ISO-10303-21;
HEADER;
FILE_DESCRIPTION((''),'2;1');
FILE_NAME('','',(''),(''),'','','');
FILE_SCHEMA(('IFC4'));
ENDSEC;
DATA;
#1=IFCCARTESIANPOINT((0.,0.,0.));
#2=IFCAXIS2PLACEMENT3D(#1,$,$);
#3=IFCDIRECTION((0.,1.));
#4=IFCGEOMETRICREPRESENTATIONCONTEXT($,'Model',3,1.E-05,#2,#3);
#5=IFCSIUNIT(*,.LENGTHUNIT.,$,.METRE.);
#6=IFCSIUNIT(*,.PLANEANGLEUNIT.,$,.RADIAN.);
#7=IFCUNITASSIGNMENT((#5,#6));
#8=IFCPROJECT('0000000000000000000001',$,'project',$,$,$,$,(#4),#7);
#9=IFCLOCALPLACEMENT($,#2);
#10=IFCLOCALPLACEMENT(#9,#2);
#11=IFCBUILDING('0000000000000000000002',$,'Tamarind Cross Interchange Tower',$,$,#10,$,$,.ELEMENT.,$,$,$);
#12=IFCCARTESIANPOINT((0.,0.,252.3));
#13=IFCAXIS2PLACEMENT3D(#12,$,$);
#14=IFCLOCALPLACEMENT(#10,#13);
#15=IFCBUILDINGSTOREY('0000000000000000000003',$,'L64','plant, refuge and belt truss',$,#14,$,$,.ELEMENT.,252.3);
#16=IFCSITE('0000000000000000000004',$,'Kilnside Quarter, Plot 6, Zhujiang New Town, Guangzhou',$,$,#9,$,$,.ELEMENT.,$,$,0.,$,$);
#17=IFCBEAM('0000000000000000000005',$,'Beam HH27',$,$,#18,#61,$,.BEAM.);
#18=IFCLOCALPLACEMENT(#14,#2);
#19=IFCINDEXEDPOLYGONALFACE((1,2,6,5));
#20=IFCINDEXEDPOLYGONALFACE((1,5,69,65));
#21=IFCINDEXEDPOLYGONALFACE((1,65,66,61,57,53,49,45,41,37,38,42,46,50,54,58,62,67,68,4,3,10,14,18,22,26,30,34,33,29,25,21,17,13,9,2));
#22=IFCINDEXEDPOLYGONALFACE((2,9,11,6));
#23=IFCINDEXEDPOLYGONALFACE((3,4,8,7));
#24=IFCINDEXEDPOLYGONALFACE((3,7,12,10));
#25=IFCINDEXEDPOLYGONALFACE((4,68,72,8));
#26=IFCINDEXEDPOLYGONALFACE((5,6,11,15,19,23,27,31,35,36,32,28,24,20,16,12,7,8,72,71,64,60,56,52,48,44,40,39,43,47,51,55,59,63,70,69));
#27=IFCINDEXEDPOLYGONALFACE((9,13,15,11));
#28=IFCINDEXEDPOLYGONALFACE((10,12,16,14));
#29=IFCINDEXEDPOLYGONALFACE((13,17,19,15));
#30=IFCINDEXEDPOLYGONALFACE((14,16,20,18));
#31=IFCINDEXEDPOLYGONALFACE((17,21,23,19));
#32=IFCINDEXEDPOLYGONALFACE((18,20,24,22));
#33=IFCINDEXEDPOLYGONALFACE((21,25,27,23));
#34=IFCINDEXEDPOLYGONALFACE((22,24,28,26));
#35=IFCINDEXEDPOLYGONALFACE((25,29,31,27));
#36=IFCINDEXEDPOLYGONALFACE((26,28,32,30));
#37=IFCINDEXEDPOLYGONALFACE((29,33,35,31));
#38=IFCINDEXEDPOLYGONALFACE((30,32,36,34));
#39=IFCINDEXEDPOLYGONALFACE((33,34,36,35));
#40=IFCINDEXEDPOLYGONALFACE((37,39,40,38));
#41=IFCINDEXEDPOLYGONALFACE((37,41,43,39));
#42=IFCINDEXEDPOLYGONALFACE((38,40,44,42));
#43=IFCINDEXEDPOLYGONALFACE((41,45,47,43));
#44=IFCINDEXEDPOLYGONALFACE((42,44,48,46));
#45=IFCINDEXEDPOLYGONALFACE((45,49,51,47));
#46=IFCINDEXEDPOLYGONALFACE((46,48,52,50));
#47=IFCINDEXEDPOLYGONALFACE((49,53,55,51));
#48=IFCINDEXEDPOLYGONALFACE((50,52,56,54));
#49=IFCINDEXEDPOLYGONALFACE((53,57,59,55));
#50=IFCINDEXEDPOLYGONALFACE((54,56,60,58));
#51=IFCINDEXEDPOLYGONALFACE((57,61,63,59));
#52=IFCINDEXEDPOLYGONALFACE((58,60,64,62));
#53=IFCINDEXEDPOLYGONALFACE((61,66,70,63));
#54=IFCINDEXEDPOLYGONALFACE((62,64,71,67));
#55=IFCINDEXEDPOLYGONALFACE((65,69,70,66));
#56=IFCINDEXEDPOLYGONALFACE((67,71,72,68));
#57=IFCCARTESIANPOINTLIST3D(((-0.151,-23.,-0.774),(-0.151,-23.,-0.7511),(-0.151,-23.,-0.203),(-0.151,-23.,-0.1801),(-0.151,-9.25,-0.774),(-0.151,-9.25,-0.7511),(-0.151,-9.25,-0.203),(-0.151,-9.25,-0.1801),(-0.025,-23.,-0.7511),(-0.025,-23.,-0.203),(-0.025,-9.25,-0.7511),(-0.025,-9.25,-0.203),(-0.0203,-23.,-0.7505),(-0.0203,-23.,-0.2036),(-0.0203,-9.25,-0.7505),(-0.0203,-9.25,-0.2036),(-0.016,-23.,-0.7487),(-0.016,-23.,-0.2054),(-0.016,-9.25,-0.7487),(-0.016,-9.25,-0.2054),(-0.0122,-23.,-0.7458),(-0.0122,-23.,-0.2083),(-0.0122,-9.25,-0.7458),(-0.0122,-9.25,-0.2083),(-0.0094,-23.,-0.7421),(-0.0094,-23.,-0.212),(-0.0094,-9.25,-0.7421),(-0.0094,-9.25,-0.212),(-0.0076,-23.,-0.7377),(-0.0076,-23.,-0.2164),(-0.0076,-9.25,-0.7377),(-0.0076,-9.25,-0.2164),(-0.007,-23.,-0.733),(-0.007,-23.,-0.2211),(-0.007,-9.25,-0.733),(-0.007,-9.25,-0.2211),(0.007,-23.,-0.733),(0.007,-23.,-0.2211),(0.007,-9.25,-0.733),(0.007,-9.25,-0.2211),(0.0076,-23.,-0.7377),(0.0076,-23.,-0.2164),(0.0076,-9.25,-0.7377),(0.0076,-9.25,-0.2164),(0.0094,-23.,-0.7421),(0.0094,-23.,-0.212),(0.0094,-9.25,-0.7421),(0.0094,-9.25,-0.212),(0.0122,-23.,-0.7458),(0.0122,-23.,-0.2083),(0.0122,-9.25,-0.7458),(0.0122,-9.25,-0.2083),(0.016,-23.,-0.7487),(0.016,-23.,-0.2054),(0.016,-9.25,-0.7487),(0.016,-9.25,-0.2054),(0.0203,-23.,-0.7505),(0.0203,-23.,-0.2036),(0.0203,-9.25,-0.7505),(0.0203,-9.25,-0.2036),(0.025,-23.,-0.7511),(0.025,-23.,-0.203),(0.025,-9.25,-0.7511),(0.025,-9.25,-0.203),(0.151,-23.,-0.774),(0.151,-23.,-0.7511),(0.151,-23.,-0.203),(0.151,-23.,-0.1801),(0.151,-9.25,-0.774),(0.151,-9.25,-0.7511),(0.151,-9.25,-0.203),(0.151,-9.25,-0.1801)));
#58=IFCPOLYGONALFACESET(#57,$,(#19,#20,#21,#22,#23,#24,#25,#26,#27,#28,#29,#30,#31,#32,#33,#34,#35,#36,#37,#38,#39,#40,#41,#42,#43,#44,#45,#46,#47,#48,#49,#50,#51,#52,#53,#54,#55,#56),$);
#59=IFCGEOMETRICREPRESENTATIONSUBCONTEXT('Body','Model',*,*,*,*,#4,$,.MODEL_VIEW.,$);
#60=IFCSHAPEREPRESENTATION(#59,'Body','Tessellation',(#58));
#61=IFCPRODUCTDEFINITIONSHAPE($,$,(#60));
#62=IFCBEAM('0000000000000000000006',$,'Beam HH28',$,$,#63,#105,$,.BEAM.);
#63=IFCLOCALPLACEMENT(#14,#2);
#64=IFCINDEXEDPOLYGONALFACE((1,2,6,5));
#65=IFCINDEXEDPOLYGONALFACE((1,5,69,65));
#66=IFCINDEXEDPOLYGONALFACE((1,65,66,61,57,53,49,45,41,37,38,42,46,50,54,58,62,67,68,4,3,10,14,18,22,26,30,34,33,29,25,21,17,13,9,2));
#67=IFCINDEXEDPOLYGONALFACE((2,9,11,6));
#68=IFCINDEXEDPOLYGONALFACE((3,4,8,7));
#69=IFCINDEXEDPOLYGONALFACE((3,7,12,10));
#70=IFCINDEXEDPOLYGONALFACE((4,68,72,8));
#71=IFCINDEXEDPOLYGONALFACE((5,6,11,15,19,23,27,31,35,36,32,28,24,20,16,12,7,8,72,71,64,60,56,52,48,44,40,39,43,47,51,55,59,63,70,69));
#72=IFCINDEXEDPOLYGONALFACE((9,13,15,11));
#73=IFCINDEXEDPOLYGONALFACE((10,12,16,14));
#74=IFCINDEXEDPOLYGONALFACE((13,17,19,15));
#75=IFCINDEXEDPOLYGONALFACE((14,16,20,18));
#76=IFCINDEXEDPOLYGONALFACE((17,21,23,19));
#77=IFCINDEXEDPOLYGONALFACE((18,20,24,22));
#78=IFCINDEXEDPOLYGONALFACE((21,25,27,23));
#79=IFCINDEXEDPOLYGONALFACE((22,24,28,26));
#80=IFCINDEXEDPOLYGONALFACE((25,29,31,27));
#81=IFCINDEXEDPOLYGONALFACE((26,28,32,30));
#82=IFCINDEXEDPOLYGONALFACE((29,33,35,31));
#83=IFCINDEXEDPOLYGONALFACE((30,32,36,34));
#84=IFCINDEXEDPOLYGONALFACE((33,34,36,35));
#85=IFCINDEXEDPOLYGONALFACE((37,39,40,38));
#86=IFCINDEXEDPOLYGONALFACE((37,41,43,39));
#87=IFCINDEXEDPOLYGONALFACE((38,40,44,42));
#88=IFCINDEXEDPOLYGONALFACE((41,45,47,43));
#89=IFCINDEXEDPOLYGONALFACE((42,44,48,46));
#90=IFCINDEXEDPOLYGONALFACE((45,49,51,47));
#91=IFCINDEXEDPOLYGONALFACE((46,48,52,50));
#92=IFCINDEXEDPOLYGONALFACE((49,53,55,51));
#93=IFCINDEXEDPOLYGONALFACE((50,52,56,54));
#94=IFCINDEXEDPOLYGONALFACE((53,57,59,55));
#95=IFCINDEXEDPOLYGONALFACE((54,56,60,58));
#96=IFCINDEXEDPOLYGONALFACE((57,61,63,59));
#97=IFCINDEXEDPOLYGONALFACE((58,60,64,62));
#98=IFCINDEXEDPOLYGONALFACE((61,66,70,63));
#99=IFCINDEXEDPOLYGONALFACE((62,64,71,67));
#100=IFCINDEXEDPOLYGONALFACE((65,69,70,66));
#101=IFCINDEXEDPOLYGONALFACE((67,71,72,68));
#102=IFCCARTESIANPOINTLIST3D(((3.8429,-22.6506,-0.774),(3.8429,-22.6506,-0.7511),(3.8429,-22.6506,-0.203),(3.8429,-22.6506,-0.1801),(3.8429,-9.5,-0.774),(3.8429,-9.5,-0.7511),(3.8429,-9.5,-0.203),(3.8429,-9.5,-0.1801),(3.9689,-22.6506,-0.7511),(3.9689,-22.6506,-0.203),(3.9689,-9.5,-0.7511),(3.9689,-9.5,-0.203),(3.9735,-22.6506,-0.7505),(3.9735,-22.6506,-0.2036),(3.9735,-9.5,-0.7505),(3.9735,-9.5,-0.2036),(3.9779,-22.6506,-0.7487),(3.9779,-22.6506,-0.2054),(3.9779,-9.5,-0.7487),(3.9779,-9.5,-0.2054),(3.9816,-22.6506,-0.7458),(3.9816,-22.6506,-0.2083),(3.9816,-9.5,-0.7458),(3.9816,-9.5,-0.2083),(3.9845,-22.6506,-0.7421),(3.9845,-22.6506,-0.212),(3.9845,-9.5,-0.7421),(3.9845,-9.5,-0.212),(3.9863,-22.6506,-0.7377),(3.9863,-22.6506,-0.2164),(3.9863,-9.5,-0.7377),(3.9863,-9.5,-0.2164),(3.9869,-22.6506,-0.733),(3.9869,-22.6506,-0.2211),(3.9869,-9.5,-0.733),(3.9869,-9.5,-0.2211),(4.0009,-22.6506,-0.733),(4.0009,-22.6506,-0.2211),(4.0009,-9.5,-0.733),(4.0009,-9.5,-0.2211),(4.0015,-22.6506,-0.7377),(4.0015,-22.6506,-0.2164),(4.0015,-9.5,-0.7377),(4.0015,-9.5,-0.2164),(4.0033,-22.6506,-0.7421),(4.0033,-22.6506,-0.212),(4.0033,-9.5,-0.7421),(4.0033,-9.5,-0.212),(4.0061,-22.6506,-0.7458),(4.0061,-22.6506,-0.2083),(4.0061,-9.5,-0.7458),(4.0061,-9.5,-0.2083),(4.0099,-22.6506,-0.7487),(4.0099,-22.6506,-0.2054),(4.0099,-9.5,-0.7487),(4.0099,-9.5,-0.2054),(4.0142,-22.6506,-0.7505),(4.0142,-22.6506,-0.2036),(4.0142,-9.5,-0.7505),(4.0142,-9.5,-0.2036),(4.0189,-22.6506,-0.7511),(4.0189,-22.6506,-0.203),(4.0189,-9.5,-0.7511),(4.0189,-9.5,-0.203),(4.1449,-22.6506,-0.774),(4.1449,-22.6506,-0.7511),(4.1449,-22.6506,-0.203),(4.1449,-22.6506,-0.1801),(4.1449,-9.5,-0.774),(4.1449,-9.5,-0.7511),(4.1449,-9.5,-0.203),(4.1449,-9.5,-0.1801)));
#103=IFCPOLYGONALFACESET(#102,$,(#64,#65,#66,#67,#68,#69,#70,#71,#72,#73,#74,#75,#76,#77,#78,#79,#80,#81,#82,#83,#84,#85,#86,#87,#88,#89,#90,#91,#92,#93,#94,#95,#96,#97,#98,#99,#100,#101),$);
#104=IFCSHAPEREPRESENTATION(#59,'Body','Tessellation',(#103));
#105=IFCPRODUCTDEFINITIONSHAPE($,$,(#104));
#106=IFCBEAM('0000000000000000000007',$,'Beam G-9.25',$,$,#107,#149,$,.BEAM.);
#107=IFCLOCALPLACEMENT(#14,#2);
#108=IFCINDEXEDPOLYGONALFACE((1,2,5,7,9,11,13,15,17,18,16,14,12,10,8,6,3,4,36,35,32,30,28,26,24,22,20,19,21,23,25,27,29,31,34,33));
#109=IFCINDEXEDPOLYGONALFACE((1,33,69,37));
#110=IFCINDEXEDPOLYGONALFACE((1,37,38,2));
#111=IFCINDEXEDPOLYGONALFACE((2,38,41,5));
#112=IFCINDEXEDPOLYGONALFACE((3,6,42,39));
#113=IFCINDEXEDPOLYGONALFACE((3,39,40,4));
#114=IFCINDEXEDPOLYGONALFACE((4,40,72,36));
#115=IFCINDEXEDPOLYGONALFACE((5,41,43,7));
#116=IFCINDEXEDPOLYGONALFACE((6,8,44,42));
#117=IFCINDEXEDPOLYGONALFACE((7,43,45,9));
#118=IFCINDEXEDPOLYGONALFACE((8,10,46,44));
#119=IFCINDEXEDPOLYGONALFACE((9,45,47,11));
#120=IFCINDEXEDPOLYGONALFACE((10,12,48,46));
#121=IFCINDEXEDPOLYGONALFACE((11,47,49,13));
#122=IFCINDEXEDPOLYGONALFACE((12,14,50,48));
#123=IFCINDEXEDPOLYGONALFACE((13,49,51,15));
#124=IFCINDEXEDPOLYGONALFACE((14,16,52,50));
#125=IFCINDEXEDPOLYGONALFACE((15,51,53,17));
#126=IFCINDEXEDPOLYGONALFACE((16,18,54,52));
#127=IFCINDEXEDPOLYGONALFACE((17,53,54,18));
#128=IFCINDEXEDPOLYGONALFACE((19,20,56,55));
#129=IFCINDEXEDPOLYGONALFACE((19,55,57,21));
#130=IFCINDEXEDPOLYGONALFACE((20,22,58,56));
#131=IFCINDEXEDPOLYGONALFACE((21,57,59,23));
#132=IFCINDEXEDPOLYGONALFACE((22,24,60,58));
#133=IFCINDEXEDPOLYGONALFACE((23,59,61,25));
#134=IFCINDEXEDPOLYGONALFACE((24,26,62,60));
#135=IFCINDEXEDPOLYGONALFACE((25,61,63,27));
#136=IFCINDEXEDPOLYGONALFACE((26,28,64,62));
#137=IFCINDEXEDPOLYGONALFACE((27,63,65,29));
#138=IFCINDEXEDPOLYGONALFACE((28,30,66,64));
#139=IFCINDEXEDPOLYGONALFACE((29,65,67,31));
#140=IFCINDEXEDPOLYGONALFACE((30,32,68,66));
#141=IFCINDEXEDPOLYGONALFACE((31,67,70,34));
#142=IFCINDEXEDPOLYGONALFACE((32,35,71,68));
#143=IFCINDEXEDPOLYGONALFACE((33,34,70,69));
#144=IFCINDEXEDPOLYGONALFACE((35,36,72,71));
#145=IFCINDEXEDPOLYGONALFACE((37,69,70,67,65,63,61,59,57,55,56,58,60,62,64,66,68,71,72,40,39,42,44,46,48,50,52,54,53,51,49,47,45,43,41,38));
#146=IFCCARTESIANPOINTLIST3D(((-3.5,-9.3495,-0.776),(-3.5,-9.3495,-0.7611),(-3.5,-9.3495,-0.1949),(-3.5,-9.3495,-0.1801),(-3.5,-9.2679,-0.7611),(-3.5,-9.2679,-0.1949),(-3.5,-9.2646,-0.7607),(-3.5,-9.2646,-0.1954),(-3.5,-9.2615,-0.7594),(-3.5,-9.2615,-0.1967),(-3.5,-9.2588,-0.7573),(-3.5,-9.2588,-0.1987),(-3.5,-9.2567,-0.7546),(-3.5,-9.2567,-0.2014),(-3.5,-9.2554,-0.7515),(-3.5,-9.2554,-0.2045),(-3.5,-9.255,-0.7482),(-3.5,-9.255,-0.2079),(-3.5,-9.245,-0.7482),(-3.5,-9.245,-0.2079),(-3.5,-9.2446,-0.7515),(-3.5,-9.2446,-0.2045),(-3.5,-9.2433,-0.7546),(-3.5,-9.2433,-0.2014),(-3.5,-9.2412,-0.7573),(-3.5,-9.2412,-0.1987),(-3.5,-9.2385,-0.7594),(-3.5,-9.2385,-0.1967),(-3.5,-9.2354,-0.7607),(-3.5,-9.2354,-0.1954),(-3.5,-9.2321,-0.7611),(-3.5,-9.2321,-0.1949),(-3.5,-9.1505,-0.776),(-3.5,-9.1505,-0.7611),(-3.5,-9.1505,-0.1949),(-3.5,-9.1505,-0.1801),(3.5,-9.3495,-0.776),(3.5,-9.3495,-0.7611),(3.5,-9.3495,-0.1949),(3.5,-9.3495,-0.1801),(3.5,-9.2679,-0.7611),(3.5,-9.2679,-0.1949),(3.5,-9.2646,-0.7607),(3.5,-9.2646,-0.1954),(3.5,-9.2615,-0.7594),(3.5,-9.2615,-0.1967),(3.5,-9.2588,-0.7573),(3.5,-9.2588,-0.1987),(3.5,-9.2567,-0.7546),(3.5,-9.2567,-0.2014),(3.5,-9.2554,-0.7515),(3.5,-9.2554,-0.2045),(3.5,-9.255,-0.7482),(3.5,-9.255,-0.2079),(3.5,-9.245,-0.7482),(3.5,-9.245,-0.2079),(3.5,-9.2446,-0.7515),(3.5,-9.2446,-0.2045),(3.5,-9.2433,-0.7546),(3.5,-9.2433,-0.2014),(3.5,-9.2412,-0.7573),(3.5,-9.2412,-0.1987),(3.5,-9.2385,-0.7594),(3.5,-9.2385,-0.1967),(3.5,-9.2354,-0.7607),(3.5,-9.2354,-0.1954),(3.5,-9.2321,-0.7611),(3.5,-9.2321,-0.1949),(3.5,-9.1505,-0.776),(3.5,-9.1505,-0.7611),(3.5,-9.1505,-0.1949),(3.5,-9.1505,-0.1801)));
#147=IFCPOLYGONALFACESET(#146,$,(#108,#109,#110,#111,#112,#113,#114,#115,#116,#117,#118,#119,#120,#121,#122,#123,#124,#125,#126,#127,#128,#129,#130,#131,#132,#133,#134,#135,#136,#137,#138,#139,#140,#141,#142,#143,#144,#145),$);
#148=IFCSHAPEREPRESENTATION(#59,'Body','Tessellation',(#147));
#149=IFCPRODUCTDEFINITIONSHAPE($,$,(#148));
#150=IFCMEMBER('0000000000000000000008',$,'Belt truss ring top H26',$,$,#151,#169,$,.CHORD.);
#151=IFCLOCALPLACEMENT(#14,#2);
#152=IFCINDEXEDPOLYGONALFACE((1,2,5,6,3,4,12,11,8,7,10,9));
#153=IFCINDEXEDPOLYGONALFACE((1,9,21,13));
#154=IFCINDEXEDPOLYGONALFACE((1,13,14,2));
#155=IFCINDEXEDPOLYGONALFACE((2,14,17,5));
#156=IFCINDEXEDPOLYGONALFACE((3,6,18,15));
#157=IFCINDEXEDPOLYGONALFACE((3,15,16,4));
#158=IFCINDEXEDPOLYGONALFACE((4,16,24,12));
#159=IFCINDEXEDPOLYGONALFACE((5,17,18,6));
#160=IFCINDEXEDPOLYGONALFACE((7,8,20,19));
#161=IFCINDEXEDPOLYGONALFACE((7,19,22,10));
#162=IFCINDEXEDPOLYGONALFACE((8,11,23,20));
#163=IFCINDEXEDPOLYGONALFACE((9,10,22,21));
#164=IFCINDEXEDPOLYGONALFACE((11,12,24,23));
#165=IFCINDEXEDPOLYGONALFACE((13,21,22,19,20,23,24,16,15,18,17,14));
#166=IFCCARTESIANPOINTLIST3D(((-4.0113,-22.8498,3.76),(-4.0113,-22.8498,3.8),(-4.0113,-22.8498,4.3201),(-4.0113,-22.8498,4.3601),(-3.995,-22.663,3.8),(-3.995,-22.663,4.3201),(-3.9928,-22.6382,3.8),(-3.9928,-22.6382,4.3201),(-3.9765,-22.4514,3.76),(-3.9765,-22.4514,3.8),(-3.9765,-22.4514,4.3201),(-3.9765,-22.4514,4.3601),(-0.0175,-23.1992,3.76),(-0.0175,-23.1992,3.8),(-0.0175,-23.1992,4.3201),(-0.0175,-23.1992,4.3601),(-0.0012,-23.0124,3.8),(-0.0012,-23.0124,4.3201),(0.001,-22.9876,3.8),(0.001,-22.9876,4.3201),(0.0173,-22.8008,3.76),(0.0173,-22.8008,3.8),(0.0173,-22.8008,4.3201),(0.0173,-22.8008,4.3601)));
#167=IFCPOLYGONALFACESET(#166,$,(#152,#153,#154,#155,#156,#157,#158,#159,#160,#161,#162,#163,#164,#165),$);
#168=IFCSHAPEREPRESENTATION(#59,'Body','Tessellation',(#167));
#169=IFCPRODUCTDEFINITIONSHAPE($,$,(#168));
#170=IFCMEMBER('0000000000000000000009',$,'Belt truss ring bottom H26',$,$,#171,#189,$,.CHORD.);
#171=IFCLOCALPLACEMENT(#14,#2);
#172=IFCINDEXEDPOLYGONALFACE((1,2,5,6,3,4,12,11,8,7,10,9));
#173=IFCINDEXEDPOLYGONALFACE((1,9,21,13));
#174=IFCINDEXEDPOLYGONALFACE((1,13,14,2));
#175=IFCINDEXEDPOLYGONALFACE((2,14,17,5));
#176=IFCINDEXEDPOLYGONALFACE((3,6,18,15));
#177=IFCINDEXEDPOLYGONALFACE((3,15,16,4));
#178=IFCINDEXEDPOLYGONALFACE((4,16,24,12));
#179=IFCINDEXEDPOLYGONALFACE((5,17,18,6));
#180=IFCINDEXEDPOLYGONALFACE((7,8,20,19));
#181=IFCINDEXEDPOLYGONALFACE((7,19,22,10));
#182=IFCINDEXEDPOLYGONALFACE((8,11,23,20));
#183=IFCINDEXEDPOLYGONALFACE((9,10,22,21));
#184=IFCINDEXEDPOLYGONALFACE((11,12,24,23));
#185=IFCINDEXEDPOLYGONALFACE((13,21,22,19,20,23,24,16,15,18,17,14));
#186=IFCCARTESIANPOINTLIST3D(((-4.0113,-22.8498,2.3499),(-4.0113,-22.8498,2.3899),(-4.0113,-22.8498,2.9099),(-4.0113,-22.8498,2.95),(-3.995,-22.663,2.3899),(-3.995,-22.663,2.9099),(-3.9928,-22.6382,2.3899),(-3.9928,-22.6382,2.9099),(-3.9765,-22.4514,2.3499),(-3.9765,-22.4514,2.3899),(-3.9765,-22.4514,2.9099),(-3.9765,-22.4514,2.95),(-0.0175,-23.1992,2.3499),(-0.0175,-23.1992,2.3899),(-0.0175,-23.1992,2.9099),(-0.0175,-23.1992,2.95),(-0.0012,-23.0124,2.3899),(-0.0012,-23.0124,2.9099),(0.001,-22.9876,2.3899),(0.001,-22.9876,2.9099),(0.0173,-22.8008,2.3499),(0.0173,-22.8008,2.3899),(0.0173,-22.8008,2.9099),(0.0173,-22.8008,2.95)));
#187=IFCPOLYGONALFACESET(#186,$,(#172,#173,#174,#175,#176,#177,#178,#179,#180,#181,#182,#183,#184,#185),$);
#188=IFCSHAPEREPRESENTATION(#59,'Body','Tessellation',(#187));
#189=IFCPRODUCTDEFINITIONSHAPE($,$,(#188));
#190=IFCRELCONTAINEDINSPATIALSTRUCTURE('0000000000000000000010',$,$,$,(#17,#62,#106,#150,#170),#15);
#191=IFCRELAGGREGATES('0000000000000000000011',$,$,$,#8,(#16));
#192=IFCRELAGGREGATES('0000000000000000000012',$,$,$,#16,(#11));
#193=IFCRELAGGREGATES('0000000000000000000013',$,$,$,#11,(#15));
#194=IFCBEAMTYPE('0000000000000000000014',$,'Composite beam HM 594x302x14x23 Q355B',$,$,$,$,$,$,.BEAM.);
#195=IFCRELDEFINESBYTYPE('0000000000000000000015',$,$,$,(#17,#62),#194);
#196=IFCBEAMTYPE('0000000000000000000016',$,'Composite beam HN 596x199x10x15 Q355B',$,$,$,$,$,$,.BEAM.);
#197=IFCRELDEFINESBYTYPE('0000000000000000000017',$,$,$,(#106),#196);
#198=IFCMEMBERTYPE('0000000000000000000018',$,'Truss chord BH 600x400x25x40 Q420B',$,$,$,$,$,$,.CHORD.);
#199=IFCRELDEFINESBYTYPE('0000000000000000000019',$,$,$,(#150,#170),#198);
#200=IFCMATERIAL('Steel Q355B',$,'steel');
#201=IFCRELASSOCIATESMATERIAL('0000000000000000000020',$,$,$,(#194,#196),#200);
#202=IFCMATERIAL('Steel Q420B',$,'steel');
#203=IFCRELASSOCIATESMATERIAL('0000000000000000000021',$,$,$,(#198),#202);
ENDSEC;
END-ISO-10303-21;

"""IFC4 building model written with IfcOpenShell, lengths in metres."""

from ifc_helpers import new_model, si_unit, direction, frame, origin, origin_2d, place, context, subcontext, project, spatial, i_section, extrude, material, material_profile, profile_set, type_object, element, save


model = new_model("IFC4")

# Units and contexts
model_context = context("Model", 3, precision=1e-05, world=origin(), true_north=direction((0.0, 1.0)))
body_context = subcontext(model_context, "Body", "Model", "MODEL_VIEW")
ifc_project = project(units=[si_unit("LENGTHUNIT", "METRE"), si_unit("PLANEANGLEUNIT", "RADIAN")], contexts=[model_context])

# Site, building, storey
site_placement = place(None, origin())
site = spatial("IfcSite", under=ifc_project, at=site_placement, Name="Kilnside Quarter, Plot 6, Zhujiang New Town, Guangzhou", CompositionType="ELEMENT", RefElevation=0.0)
building_placement = place(site_placement, origin())
building = spatial("IfcBuilding", under=site, at=building_placement, Name="Tamarind Cross Interchange Tower", CompositionType="ELEMENT")
storey_placement = place(building_placement, frame((0.0, 0.0, 252.3)))
storey = spatial("IfcBuildingStorey", under=building, at=storey_placement, Name="L64", Description="plant, refuge and belt truss", CompositionType="ELEMENT", Elevation=252.3)

# Beams
ifc_material_1 = material(Name="Steel Q355B", Category="steel")
ifc_material_profile_1 = material_profile(ifc_material_1, i_section(OverallWidth=0.302, OverallDepth=0.594, WebThickness=0.0139, FlangeThickness=0.0229, FilletRadius=0.0181, at=origin_2d()), Name="HM 594x302x14x23")
ifc_profile_set_1 = profile_set([ifc_material_profile_1], Name="Steel Q355B")
beam_type_1 = type_object("IfcBeamType", Name="Composite beam HM 594x302x14x23 Q355B", PredefinedType="BEAM", material=ifc_profile_set_1)
beam_1_placement = place(storey_placement, frame((0.0, -23.0, -0.4771), z_axis=(0.0, 1.0, 0.0), x_axis=(-1.0, 0.0, 0.0)))
element("IfcBeam", 1, at=beam_1_placement, inside=storey, type_object=beam_type_1, Name="Beam HH27", PredefinedType="BEAM", context=body_context, shape_type="SweptSolid", body=[
    extrude(i_section(OverallWidth=0.302, OverallDepth=0.594, WebThickness=0.0139, FlangeThickness=0.0229, FilletRadius=0.0181, at=origin_2d()), origin(), (0.0, 0.0, 1.0), 13.75),
])
beam_2_placement = place(storey_placement, frame((3.9939, -22.6506, -0.4771), z_axis=(0.0, 1.0, 0.0), x_axis=(-1.0, 0.0, 0.0)))
element("IfcBeam", 2, at=beam_2_placement, inside=storey, type_object=beam_type_1, Name="Beam HH28", PredefinedType="BEAM", context=body_context, shape_type="SweptSolid", body=[
    extrude(i_section(OverallWidth=0.302, OverallDepth=0.594, WebThickness=0.0139, FlangeThickness=0.0229, FilletRadius=0.0181, at=origin_2d()), origin(), (0.0, 0.0, 1.0), 13.1506),
])
ifc_material_profile_2 = material_profile(ifc_material_1, i_section(OverallWidth=0.199, OverallDepth=0.5959, WebThickness=0.01, FlangeThickness=0.0149, FilletRadius=0.0129, at=origin_2d()), Name="HN 596x199x10x15")
ifc_profile_set_2 = profile_set([ifc_material_profile_2], Name="Steel Q355B")
beam_type_2 = type_object("IfcBeamType", Name="Composite beam HN 596x199x10x15 Q355B", PredefinedType="BEAM", material=ifc_profile_set_2)
beam_3_placement = place(storey_placement, frame((-3.5, -9.25, -0.478), z_axis=(1.0, 0.0, 0.0), x_axis=(0.0, 1.0, 0.0)))
element("IfcBeam", 3, at=beam_3_placement, inside=storey, type_object=beam_type_2, Name="Beam G-9.25", PredefinedType="BEAM", context=body_context, shape_type="SweptSolid", body=[
    extrude(i_section(OverallWidth=0.199, OverallDepth=0.5959, WebThickness=0.01, FlangeThickness=0.0149, FilletRadius=0.0129, at=origin_2d()), origin(), (0.0, 0.0, 1.0), 7.0),
])

# Members
ifc_material_2 = material(Name="Steel Q420B", Category="steel")
ifc_material_profile_3 = material_profile(ifc_material_2, i_section(OverallWidth=0.3999, OverallDepth=0.6001, WebThickness=0.0249, FlangeThickness=0.04, at=origin_2d()), Name="BH 600x400x25x40")
ifc_profile_set_3 = profile_set([ifc_material_profile_3], Name="Steel Q420B")
member_type_1 = type_object("IfcMemberType", Name="Truss chord BH 600x400x25x40 Q420B", PredefinedType="CHORD", material=ifc_profile_set_3)
for number, where, z_axis, x_axis, name in (
    (4, (-3.9939, -22.6506, 4.0601), (0.996196, -0.087142, 0.0), (0.087142, 0.996196, 0.0), "Belt truss ring top H26"),
    (5, (-3.9939, -22.6506, 2.6499), (0.996196, -0.087142, 0.0), (0.087142, 0.996196, 0.0), "Belt truss ring bottom H26"),
):
    element("IfcMember", number, at=place(storey_placement, frame(where, z_axis=z_axis, x_axis=x_axis)), inside=storey, type_object=member_type_1, Name=name, PredefinedType="CHORD", context=body_context, shape_type="SweptSolid", body=[
        extrude(i_section(OverallWidth=0.3999, OverallDepth=0.6001, WebThickness=0.0249, FlangeThickness=0.04, at=origin_2d()), origin(), (0.0, 0.0, 1.0), 4.009),
    ])

save(model, "model.ifc")
